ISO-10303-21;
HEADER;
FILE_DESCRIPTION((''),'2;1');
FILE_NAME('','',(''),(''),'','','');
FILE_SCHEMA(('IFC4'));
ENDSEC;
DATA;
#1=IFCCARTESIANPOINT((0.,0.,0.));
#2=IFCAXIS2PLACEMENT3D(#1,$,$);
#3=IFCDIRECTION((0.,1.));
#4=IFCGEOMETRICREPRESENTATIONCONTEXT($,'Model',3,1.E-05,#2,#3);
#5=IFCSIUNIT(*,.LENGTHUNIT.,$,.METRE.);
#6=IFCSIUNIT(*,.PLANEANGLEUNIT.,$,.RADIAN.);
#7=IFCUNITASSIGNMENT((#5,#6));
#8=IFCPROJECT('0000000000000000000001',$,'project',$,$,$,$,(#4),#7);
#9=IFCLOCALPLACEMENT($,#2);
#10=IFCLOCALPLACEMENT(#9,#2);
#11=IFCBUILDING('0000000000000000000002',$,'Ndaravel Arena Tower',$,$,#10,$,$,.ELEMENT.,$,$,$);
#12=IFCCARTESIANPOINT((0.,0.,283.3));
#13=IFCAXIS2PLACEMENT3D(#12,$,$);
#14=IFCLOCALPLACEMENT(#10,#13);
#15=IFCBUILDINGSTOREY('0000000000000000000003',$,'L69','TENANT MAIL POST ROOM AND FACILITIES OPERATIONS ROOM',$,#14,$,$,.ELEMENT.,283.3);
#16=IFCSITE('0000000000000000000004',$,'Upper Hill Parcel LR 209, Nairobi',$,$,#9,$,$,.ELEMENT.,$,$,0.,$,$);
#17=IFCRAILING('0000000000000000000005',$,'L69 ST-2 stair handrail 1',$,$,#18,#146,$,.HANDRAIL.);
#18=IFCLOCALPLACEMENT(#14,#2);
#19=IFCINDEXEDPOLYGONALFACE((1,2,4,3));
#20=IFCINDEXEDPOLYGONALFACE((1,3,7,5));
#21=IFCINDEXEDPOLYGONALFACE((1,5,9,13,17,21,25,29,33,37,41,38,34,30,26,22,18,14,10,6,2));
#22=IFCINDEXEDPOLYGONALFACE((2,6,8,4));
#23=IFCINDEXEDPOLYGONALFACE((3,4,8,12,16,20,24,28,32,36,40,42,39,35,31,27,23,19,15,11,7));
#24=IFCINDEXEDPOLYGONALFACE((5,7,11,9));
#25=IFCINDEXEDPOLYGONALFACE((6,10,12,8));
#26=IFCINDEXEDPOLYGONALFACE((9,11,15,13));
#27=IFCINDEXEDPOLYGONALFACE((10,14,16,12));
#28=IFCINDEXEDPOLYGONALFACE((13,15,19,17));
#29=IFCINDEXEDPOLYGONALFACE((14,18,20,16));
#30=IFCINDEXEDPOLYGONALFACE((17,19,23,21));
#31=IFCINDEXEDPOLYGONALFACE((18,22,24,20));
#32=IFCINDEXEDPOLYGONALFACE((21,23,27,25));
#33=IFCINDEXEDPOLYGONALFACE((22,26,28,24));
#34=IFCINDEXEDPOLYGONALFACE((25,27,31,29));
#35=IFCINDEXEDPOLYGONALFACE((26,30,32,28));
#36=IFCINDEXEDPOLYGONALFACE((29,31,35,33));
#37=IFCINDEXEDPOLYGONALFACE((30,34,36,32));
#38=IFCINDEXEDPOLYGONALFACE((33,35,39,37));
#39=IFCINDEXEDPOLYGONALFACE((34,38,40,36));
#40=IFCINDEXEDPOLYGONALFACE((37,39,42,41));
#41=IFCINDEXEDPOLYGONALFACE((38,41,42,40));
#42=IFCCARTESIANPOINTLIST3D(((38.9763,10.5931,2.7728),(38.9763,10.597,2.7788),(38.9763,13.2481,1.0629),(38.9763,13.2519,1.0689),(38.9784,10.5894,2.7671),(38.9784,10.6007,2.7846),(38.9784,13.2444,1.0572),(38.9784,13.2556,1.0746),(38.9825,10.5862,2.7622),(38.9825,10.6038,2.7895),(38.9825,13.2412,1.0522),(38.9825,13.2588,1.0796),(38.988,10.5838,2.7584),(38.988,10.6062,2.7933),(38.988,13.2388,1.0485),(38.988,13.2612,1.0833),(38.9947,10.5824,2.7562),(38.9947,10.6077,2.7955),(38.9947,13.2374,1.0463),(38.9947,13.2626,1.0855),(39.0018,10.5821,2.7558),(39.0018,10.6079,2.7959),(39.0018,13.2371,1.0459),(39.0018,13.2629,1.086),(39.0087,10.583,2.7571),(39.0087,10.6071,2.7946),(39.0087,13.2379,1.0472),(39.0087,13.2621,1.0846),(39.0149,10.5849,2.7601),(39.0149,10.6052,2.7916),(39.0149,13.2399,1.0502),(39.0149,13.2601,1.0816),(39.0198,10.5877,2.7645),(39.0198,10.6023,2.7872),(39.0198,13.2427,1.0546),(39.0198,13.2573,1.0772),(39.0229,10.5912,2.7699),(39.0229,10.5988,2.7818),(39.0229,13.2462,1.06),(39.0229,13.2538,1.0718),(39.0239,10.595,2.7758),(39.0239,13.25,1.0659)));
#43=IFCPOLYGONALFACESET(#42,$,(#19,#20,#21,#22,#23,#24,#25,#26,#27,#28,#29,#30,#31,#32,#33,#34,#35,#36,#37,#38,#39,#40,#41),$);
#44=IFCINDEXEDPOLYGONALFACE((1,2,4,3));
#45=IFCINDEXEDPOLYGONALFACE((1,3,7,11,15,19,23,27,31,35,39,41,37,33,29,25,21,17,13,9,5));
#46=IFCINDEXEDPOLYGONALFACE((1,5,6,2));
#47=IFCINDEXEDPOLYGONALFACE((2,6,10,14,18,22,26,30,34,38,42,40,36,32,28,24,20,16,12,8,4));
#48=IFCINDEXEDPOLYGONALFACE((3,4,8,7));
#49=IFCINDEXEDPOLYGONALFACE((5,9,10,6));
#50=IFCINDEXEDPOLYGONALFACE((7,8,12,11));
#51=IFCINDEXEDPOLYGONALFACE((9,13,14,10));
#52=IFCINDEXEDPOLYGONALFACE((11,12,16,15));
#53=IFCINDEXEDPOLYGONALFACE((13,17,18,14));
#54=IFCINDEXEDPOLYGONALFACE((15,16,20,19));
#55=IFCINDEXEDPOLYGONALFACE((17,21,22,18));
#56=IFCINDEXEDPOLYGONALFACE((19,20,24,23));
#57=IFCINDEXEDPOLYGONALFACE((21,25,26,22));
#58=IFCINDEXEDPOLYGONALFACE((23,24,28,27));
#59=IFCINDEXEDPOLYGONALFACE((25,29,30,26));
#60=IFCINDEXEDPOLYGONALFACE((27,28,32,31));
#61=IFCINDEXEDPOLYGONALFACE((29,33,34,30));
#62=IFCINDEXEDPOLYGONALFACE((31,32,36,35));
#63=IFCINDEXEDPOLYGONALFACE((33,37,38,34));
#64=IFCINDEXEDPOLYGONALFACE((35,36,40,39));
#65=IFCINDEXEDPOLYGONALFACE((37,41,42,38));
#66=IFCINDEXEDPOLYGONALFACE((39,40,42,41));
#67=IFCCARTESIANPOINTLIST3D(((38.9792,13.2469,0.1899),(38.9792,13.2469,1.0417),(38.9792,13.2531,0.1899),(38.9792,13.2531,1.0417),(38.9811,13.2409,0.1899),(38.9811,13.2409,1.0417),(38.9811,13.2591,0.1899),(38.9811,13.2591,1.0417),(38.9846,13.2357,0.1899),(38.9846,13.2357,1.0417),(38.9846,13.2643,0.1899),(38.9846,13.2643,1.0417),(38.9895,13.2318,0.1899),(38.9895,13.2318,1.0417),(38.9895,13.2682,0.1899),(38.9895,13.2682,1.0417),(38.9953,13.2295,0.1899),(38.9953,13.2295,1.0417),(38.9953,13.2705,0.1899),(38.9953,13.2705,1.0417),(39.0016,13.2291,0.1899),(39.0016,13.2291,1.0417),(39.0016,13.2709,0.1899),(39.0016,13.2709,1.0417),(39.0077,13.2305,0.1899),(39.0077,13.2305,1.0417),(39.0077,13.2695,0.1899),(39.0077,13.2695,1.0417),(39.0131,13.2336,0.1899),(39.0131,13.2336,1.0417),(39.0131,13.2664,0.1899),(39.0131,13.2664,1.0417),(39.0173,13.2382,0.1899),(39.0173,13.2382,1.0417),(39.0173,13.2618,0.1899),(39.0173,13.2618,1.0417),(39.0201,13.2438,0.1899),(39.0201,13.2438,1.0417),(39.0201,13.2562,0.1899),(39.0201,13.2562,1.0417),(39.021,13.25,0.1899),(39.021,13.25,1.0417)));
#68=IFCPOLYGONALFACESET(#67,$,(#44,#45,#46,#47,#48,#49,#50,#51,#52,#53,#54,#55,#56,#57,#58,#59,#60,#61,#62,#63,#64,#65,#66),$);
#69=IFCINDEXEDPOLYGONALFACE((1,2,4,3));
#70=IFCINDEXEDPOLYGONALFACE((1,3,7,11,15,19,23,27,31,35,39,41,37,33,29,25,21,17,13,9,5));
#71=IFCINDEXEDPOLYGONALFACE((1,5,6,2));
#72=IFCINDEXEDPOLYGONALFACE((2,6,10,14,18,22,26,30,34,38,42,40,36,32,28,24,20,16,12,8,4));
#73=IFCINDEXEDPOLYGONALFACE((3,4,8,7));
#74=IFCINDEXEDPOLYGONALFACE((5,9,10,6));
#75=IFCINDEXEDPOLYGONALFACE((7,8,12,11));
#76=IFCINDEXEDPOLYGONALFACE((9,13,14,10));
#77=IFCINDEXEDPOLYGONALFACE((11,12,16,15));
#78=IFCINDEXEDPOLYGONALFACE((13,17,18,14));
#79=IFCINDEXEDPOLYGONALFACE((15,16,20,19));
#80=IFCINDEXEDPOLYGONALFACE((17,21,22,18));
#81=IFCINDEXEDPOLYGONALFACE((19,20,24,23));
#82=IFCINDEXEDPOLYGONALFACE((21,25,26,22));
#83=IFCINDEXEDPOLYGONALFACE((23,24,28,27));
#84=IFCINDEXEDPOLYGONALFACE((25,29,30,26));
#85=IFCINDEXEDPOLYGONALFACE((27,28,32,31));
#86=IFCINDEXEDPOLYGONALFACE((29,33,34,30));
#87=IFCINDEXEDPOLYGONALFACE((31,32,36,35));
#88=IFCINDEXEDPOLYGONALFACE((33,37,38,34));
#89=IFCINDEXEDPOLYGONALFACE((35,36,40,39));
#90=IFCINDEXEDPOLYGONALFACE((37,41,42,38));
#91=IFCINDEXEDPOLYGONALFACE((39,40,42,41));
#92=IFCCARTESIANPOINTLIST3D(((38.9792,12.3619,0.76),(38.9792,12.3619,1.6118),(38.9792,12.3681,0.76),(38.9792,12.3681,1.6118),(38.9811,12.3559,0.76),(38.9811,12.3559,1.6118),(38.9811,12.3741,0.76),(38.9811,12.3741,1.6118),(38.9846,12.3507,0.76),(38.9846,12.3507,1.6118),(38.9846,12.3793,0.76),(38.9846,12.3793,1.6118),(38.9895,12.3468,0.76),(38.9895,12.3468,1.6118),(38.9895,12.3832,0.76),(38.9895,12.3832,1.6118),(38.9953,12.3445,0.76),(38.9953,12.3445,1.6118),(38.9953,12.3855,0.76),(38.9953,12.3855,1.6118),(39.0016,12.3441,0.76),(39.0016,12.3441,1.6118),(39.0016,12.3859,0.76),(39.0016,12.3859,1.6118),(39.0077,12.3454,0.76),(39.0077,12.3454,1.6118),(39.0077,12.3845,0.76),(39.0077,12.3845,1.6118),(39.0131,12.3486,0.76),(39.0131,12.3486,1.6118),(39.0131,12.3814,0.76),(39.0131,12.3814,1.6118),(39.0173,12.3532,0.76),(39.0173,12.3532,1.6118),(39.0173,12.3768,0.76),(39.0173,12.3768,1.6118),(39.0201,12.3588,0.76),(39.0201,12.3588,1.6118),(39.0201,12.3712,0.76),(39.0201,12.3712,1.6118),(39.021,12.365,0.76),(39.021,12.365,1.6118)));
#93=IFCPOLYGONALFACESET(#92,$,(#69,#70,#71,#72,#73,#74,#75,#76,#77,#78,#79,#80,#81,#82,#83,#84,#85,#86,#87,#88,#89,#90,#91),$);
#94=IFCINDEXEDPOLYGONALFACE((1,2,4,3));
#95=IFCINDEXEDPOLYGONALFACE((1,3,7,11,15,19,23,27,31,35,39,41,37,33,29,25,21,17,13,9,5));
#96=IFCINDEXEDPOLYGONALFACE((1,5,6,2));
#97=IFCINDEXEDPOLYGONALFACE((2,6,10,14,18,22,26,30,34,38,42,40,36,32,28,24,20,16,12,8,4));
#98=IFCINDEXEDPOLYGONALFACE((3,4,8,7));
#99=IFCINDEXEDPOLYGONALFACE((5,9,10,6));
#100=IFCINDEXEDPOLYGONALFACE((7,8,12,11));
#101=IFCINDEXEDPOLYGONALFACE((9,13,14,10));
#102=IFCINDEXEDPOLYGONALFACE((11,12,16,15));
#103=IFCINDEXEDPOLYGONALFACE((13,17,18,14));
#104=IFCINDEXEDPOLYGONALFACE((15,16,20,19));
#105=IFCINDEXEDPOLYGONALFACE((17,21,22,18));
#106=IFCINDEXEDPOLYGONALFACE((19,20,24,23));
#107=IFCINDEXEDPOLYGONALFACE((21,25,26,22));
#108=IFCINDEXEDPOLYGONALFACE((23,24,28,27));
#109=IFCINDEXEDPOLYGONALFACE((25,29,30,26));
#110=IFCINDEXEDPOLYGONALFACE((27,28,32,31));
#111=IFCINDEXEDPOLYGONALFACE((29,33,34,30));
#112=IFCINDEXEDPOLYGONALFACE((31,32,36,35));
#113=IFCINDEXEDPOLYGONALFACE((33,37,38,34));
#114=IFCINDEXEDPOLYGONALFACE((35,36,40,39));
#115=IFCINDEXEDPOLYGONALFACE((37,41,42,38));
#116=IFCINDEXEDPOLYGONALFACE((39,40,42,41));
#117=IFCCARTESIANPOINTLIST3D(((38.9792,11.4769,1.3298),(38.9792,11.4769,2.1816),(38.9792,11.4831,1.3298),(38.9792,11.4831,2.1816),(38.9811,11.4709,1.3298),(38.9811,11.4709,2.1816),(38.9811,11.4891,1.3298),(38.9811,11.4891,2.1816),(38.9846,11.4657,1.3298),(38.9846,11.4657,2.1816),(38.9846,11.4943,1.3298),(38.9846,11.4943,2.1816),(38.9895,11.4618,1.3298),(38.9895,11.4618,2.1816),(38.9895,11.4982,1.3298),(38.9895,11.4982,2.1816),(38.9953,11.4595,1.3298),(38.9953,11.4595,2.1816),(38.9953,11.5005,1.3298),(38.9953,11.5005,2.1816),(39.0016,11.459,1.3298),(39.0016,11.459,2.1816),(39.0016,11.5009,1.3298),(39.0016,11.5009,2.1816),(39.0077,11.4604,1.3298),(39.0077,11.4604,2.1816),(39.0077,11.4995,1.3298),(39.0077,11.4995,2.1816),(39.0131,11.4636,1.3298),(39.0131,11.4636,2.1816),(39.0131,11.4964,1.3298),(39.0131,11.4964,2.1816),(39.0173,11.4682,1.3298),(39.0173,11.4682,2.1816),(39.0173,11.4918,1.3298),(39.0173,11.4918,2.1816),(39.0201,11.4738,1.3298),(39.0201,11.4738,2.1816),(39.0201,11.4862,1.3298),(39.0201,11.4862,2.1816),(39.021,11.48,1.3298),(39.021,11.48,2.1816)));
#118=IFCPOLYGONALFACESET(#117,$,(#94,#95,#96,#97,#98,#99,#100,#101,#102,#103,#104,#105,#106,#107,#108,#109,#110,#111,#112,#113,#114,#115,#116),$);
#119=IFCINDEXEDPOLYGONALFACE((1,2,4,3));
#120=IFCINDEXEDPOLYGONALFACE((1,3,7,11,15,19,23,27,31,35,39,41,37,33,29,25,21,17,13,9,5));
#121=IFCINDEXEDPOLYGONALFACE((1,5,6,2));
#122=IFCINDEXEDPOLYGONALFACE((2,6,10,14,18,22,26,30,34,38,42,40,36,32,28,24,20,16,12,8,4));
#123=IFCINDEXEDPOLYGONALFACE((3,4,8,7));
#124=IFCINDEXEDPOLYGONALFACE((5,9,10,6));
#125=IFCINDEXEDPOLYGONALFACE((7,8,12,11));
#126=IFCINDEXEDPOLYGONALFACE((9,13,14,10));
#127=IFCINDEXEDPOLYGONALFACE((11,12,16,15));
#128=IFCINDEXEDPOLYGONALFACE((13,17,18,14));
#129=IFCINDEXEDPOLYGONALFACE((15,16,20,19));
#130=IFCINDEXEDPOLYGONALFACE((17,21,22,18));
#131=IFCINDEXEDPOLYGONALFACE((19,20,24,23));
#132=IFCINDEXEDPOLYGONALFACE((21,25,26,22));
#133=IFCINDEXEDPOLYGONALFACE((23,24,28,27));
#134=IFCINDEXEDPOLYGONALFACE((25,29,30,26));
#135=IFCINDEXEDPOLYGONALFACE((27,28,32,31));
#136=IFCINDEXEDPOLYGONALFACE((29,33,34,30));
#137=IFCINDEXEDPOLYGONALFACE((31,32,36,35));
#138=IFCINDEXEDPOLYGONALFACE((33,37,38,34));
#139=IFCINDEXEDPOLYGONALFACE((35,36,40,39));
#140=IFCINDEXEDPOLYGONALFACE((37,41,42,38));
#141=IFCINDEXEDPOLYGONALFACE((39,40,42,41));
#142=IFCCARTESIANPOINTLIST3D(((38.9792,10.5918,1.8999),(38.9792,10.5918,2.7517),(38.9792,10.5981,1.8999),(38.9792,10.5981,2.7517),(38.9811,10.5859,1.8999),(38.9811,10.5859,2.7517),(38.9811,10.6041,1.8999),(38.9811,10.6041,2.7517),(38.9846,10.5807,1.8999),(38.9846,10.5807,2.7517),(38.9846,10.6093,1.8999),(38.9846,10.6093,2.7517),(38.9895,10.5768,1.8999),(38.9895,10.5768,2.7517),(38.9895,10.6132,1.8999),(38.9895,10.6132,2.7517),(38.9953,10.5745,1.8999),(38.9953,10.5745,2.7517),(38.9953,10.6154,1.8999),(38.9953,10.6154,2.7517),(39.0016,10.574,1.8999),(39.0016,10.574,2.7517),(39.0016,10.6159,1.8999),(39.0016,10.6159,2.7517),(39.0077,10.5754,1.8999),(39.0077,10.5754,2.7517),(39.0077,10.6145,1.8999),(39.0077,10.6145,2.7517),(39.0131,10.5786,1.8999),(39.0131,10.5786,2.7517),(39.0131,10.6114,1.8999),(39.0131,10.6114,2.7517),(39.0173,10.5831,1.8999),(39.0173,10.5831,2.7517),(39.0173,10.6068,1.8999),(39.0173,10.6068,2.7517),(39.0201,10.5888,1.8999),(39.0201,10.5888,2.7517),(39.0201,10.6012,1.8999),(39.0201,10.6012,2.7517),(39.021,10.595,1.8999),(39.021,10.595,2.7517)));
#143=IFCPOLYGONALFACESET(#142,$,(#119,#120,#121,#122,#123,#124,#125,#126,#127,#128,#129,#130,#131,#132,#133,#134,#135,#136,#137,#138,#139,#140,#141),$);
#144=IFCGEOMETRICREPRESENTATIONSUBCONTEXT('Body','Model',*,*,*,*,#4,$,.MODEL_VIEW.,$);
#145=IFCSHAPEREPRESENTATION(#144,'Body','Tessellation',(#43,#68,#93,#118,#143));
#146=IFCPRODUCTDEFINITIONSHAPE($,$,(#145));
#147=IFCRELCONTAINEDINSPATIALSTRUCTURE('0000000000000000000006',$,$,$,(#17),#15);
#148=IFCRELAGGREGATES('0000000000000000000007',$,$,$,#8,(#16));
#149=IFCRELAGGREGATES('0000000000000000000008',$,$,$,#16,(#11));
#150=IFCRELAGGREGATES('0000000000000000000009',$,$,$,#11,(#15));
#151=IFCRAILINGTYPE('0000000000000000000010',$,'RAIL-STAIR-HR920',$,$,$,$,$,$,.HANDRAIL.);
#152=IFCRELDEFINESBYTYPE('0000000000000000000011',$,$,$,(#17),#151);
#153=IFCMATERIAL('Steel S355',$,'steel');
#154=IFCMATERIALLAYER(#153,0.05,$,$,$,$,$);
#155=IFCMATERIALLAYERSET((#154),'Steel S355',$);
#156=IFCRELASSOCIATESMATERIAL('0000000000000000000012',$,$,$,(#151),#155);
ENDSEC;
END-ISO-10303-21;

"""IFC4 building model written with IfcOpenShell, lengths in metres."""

from ifc_helpers import new_model, si_unit, direction, frame, origin, origin_2d, place, context, subcontext, project, spatial, circle, extrude, material, layer, layer_set, type_object, element, save


model = new_model("IFC4")

# Units and contexts
model_context = context("Model", 3, precision=1e-05, world=origin(), true_north=direction((0.0, 1.0)))
body_context = subcontext(model_context, "Body", "Model", "MODEL_VIEW")
ifc_project = project(units=[si_unit("LENGTHUNIT", "METRE"), si_unit("PLANEANGLEUNIT", "RADIAN")], contexts=[model_context])

# Site, building, storey
site_placement = place(None, origin())
site = spatial("IfcSite", under=ifc_project, at=site_placement, Name="Upper Hill Parcel LR 209, Nairobi", CompositionType="ELEMENT", RefElevation=0.0)
building_placement = place(site_placement, origin())
building = spatial("IfcBuilding", under=site, at=building_placement, Name="Ndaravel Arena Tower", CompositionType="ELEMENT")
storey_placement = place(building_placement, frame((0.0, 0.0, 283.3)))
storey = spatial("IfcBuildingStorey", under=building, at=storey_placement, Name="L69", Description="TENANT MAIL POST ROOM AND FACILITIES OPERATIONS ROOM", CompositionType="ELEMENT", Elevation=283.3)

# Railing
ifc_material_1 = material(Name="Steel S355", Category="steel")
ifc_layer_1 = layer(ifc_material_1, 0.05)
ifc_layer_set_1 = layer_set([ifc_layer_1], Name="Steel S355")
railing_type_1 = type_object("IfcRailingType", Name="RAIL-STAIR-HR920", PredefinedType="HANDRAIL", material=ifc_layer_set_1)
railing_1_placement = place(storey_placement, frame((39.0, 13.25, 0.1899)))
element("IfcRailing", 1, at=railing_1_placement, inside=storey, type_object=railing_type_1, Name="L69 ST-2 stair handrail 1", PredefinedType="HANDRAIL", context=body_context, shape_type="SweptSolid", body=[
    extrude(circle(Radius=0.0239, at=origin_2d()), frame((0.0, 0.0, 0.876), z_axis=(0.0, -0.840724, 0.541465), x_axis=(1.0, 0.0, 0.0)), (0.0, 0.0, 1.0), 3.158),
    extrude(circle(Radius=0.021, at=origin_2d()), origin(), (0.0, 0.0, 1.0), 0.8518),
    extrude(circle(Radius=0.021, at=origin_2d()), frame((0.0, -0.885, 0.5701)), (0.0, 0.0, 1.0), 0.8518),
    extrude(circle(Radius=0.021, at=origin_2d()), frame((0.0, -1.77, 1.1399)), (0.0, 0.0, 1.0), 0.8518),
    extrude(circle(Radius=0.021, at=origin_2d()), frame((0.0, -2.655, 1.71)), (0.0, 0.0, 1.0), 0.8518),
])

save(model, "model.ifc")
